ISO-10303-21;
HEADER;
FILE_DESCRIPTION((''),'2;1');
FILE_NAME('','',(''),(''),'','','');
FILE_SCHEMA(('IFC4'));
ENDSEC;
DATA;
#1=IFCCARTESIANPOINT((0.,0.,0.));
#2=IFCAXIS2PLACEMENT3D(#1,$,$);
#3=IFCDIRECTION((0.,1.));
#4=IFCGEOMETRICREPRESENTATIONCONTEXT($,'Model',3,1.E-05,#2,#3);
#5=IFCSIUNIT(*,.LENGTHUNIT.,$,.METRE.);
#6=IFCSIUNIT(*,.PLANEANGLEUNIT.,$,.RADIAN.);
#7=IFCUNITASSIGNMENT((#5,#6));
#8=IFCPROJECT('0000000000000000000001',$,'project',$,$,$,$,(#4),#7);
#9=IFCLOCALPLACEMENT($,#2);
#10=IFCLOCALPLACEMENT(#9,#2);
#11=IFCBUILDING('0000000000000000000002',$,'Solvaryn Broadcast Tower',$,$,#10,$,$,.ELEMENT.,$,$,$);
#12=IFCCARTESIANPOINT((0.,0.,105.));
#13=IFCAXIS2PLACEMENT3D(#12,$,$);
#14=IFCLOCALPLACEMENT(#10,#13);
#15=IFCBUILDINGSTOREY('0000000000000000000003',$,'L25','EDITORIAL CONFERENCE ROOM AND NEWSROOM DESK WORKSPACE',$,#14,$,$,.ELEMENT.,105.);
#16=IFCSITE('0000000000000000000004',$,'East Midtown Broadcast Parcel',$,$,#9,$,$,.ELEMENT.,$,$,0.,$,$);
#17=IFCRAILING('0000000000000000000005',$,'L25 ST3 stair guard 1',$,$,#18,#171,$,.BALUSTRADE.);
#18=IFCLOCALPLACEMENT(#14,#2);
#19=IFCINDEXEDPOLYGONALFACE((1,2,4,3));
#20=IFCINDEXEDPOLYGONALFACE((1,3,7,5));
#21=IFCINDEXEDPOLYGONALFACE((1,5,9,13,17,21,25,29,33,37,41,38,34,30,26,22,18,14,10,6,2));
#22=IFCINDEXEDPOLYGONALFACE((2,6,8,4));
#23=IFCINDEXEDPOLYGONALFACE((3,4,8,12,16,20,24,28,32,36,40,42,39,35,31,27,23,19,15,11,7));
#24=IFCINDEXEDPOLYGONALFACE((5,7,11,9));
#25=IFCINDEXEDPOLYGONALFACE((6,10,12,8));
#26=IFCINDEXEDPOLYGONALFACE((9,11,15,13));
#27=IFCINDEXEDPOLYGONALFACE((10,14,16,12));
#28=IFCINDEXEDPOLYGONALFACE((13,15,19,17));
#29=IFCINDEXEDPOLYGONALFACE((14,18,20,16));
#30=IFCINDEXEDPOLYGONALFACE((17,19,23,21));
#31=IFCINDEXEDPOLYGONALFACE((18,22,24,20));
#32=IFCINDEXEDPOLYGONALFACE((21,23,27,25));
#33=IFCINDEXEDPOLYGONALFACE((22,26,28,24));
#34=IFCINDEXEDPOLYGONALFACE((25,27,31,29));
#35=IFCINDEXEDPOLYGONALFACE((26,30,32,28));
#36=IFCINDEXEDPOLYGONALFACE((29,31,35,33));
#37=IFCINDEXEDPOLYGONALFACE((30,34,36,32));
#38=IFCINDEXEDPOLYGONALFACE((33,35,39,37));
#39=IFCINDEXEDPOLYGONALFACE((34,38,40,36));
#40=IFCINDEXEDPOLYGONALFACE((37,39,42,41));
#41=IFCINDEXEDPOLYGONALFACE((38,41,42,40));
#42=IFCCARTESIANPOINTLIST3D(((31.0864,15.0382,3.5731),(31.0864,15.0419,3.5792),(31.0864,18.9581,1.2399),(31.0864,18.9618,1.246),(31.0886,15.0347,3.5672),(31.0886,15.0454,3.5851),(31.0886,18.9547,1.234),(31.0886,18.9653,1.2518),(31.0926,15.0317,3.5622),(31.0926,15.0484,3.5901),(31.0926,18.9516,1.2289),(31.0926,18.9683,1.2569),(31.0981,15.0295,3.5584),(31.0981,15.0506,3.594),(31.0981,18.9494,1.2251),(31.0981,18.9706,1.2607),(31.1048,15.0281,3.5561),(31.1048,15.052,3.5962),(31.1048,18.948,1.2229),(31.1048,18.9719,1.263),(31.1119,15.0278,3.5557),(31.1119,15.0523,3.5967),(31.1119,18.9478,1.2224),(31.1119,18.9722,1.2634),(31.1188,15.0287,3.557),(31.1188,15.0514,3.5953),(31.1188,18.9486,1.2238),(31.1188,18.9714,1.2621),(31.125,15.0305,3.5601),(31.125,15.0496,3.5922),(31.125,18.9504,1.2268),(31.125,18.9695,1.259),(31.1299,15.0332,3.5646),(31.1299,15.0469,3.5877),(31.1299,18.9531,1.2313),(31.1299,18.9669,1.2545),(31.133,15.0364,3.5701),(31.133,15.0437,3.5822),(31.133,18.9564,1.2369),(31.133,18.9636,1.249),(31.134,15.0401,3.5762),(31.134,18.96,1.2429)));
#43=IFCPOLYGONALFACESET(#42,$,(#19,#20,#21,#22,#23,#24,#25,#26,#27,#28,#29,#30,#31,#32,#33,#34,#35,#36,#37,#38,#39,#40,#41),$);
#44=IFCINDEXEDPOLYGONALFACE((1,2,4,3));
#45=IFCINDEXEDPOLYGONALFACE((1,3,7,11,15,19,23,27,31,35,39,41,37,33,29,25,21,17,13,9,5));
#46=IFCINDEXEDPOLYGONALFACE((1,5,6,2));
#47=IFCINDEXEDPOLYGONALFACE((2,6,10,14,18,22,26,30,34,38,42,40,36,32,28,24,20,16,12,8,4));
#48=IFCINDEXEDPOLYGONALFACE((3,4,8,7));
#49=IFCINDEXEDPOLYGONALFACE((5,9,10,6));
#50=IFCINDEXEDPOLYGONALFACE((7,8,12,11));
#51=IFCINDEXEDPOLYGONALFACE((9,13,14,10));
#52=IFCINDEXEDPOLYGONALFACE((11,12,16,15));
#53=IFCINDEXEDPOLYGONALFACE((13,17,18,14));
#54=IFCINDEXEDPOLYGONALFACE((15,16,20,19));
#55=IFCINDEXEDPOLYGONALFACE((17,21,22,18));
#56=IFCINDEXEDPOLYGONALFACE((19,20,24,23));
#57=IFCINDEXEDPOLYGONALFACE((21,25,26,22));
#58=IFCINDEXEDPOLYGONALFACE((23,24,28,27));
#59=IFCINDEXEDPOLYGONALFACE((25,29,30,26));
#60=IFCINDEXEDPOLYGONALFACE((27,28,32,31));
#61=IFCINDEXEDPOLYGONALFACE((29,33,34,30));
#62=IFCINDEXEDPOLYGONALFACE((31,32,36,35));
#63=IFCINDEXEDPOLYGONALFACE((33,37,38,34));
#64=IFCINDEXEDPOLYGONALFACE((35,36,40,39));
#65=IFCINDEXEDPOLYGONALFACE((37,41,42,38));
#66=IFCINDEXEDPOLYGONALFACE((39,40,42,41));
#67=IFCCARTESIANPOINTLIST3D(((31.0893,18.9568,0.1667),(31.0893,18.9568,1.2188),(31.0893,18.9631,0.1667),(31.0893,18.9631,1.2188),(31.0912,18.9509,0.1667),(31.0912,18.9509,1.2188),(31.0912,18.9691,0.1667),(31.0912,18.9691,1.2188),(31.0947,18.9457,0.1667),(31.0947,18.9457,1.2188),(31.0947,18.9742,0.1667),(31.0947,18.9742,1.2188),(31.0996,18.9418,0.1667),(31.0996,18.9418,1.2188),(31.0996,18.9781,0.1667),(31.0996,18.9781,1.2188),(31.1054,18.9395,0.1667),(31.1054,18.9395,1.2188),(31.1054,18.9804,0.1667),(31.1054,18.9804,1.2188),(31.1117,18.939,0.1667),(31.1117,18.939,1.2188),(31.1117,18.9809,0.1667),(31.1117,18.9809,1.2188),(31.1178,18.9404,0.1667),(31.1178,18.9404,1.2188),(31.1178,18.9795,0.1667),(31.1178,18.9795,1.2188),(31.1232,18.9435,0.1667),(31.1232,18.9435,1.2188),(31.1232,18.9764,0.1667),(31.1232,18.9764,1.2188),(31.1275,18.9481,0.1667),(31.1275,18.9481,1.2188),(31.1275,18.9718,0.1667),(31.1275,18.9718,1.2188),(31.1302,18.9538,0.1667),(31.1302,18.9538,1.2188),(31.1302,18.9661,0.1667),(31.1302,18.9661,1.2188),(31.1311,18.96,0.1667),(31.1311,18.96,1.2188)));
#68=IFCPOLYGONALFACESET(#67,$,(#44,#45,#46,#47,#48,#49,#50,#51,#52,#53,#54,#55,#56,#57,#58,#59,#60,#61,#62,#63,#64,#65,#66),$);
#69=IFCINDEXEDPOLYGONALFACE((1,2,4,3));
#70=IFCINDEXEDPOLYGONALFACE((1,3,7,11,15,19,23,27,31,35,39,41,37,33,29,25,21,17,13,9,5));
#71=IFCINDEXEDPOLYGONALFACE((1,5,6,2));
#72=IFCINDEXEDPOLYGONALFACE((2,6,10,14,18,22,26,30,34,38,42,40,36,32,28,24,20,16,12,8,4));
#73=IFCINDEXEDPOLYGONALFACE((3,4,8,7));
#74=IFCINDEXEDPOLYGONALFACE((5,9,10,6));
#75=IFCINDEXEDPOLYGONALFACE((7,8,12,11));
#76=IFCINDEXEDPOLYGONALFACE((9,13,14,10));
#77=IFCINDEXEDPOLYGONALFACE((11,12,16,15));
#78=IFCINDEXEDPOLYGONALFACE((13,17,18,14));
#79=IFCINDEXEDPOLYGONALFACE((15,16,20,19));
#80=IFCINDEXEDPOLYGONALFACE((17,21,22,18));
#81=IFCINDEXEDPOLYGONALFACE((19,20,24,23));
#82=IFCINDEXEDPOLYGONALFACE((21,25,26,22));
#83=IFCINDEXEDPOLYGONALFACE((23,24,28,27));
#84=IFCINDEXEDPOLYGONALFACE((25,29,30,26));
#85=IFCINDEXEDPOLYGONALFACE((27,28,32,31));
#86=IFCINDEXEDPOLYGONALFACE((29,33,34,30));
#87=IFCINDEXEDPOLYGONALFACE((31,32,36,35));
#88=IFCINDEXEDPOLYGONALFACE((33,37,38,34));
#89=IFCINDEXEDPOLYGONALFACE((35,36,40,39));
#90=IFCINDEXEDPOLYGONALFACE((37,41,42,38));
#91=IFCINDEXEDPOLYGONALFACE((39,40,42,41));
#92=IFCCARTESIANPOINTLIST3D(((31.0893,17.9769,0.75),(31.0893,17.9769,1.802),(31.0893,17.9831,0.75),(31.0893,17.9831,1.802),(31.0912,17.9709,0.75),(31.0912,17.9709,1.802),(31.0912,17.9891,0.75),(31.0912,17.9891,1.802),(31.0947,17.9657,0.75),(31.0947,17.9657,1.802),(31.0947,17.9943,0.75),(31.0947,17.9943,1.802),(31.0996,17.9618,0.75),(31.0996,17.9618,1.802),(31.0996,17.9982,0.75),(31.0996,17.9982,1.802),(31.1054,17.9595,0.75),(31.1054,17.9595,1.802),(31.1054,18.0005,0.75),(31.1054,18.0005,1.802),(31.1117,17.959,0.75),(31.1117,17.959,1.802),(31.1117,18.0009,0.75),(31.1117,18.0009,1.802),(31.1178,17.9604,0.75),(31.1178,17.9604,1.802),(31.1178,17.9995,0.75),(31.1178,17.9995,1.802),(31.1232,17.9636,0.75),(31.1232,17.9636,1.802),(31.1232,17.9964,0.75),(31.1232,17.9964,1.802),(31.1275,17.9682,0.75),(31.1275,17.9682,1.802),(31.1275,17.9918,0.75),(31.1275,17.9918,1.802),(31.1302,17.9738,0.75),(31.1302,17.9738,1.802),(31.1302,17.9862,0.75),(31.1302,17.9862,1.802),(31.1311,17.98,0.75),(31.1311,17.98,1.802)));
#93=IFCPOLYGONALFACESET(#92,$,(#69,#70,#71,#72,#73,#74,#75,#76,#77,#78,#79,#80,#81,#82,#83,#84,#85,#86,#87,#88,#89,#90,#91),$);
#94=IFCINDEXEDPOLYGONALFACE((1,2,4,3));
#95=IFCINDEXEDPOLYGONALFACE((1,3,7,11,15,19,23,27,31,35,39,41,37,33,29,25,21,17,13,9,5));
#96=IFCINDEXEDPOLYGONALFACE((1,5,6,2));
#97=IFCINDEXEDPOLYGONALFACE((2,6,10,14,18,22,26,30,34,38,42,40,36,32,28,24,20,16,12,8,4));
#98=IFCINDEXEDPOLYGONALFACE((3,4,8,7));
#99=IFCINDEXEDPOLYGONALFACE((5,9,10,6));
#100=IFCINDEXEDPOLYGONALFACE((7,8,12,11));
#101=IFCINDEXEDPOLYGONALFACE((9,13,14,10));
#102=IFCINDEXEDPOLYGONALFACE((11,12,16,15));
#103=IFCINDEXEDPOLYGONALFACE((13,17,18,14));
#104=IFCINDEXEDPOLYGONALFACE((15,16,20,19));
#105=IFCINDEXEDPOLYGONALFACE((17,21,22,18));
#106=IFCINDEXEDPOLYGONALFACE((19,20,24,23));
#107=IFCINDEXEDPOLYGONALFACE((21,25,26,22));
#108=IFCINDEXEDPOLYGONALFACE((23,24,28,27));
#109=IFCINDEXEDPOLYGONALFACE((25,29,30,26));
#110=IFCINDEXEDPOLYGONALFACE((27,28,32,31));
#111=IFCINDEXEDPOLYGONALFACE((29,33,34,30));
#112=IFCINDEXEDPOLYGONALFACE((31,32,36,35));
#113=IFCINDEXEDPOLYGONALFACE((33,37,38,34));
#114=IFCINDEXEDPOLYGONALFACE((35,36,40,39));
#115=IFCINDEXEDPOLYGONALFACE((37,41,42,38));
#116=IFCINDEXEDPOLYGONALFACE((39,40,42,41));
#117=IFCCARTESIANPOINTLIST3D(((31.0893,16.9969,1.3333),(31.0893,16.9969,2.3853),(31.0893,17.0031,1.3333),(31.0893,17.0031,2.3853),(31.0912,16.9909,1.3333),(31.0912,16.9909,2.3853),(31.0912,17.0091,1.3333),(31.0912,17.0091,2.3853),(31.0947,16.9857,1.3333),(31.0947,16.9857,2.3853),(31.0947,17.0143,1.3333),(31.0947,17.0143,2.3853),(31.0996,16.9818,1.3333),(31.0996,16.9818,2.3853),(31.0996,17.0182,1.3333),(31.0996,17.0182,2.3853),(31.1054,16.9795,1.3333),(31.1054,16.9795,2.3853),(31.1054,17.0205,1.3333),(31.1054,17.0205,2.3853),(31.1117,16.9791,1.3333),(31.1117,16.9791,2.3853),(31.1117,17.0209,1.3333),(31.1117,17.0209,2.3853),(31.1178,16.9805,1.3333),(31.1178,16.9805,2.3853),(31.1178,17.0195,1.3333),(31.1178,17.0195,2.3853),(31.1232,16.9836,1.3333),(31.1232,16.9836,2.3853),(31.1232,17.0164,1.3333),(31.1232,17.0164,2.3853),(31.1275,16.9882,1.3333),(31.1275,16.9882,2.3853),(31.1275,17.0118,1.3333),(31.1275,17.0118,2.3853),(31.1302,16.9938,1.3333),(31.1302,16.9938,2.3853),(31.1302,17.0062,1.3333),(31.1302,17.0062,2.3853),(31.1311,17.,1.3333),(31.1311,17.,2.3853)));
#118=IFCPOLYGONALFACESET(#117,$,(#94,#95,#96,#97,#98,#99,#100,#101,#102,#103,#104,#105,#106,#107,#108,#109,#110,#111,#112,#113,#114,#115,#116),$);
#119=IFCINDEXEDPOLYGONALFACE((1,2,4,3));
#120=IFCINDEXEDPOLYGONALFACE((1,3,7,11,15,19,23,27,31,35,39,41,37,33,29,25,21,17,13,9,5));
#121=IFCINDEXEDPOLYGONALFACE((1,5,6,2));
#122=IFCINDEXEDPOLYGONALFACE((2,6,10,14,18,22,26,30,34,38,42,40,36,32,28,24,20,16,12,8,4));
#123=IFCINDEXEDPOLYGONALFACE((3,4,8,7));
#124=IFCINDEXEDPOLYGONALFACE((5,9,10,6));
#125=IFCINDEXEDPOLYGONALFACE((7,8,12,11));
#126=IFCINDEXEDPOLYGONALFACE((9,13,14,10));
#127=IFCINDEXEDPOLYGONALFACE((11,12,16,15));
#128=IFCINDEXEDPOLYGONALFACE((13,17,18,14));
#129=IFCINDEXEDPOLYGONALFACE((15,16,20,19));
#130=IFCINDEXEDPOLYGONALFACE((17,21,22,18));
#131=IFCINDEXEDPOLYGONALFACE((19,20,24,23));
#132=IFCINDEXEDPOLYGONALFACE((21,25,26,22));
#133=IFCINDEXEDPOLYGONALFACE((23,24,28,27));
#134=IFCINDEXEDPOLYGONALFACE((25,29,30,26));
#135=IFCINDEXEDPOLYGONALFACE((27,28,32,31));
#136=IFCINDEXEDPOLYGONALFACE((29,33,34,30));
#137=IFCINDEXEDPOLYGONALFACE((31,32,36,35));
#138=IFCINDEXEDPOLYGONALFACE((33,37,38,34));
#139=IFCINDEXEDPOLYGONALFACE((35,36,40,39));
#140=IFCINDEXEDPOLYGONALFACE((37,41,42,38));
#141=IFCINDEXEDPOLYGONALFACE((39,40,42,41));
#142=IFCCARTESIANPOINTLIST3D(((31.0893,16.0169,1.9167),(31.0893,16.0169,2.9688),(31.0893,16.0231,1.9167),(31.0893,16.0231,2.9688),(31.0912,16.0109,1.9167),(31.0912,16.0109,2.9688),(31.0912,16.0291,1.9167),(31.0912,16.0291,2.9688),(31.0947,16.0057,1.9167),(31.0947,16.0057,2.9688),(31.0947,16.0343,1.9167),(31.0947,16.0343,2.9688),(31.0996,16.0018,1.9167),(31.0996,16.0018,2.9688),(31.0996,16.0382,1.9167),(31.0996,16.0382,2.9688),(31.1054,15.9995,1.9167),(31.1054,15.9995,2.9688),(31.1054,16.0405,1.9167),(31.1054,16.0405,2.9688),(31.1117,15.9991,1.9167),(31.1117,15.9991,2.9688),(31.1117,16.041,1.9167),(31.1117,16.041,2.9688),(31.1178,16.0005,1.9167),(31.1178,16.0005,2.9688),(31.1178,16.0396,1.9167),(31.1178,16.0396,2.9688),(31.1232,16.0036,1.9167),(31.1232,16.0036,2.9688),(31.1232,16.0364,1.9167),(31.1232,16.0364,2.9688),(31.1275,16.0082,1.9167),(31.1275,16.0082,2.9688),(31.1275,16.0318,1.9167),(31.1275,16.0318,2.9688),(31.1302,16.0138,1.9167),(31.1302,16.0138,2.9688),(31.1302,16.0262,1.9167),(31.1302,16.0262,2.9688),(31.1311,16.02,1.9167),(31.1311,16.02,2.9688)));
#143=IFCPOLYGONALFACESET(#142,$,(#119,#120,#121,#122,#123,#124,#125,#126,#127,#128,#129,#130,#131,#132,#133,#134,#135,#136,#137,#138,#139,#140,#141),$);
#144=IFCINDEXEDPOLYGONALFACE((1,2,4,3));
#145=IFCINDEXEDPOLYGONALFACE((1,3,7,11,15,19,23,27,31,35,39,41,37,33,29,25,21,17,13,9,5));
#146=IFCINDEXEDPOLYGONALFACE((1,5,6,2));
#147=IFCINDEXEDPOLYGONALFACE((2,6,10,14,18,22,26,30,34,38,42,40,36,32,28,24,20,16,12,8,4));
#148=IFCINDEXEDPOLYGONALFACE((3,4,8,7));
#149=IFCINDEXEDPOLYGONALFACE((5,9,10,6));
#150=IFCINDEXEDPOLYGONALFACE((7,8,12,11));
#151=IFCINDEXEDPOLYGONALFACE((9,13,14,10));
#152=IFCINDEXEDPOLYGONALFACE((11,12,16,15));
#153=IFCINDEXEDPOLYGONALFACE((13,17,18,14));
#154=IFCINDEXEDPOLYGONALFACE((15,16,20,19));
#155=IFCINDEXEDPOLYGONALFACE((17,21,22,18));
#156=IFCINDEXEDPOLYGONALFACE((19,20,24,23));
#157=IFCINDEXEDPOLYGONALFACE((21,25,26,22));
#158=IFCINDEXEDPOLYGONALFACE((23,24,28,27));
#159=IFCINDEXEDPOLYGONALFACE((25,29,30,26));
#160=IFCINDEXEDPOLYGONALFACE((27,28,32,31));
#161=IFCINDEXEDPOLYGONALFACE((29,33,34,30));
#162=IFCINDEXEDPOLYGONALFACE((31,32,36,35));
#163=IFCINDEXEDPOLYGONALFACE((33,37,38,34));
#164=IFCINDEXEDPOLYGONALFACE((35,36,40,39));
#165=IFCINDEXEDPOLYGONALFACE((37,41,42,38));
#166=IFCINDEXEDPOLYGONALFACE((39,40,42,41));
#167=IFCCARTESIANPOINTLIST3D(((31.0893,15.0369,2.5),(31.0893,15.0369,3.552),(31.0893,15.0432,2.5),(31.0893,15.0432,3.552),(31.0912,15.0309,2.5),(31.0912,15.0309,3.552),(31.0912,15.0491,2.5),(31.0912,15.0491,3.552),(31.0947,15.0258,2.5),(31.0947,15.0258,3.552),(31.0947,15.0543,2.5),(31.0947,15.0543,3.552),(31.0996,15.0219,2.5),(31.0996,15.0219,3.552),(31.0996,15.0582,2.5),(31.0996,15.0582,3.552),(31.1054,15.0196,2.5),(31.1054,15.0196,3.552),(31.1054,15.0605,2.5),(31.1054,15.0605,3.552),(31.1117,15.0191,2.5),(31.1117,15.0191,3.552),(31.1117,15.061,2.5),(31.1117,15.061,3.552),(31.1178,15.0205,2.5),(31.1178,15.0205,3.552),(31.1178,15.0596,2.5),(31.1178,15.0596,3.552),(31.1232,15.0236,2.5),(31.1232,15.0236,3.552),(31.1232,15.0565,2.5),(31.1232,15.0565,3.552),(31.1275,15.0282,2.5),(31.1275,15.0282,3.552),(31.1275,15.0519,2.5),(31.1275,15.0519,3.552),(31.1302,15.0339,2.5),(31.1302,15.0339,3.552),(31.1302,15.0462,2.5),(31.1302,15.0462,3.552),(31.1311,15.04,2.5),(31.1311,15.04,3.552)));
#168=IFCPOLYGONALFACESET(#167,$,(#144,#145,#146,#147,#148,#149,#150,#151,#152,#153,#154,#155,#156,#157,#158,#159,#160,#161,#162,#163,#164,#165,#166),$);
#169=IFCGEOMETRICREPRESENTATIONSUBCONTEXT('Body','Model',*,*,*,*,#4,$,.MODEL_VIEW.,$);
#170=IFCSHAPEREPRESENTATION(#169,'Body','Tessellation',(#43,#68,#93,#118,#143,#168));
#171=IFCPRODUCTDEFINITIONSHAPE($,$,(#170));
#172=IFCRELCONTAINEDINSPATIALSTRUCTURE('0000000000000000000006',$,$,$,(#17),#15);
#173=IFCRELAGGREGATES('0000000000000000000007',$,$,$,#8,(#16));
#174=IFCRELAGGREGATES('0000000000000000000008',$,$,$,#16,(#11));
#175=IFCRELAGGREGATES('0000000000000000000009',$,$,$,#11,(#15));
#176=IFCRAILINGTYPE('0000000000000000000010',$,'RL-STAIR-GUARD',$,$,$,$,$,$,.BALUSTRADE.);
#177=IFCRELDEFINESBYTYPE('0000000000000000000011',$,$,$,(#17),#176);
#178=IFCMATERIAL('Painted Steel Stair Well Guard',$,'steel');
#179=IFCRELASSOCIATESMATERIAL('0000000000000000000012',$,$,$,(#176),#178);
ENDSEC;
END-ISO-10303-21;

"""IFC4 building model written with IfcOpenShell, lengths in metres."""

from ifc_helpers import new_model, si_unit, direction, frame, origin, origin_2d, place, context, subcontext, project, spatial, circle, extrude, material, type_object, element, save


model = new_model("IFC4")

# Units and contexts
model_context = context("Model", 3, precision=1e-05, world=origin(), true_north=direction((0.0, 1.0)))
body_context = subcontext(model_context, "Body", "Model", "MODEL_VIEW")
ifc_project = project(units=[si_unit("LENGTHUNIT", "METRE"), si_unit("PLANEANGLEUNIT", "RADIAN")], contexts=[model_context])

# Site, building, storey
site_placement = place(None, origin())
site = spatial("IfcSite", under=ifc_project, at=site_placement, Name="East Midtown Broadcast Parcel", CompositionType="ELEMENT", RefElevation=0.0)
building_placement = place(site_placement, origin())
building = spatial("IfcBuilding", under=site, at=building_placement, Name="Solvaryn Broadcast Tower", CompositionType="ELEMENT")
storey_placement = place(building_placement, frame((0.0, 0.0, 105.0)))
storey = spatial("IfcBuildingStorey", under=building, at=storey_placement, Name="L25", Description="EDITORIAL CONFERENCE ROOM AND NEWSROOM DESK WORKSPACE", CompositionType="ELEMENT", Elevation=105.0)

# Railing
ifc_material_1 = material(Name="Painted Steel Stair Well Guard", Category="steel")
railing_type_1 = type_object("IfcRailingType", Name="RL-STAIR-GUARD", PredefinedType="BALUSTRADE", material=ifc_material_1)
railing_1_placement = place(storey_placement, frame((31.1101, 18.96, 0.1667)))
element("IfcRailing", 1, at=railing_1_placement, inside=storey, type_object=railing_type_1, Name="L25 ST3 stair guard 1", PredefinedType="BALUSTRADE", context=body_context, shape_type="SweptSolid", body=[
    extrude(circle(Radius=0.0239, at=origin_2d()), frame((0.0, 0.0, 1.0762), z_axis=(0.0, -0.859296, 0.511478), x_axis=(1.0, 0.0, 0.0)), (0.0, 0.0, 1.0), 4.5618),
    extrude(circle(Radius=0.021, at=origin_2d()), origin(), (0.0, 0.0, 1.0), 1.052),
    extrude(circle(Radius=0.021, at=origin_2d()), frame((0.0, -0.98, 0.5833)), (0.0, 0.0, 1.0), 1.052),
    extrude(circle(Radius=0.021, at=origin_2d()), frame((0.0, -1.96, 1.1665)), (0.0, 0.0, 1.0), 1.052),
    extrude(circle(Radius=0.021, at=origin_2d()), frame((0.0, -2.9399, 1.75)), (0.0, 0.0, 1.0), 1.052),
    extrude(circle(Radius=0.021, at=origin_2d()), frame((0.0, -3.9199, 2.3333)), (0.0, 0.0, 1.0), 1.052),
])

save(model, "model.ifc")
